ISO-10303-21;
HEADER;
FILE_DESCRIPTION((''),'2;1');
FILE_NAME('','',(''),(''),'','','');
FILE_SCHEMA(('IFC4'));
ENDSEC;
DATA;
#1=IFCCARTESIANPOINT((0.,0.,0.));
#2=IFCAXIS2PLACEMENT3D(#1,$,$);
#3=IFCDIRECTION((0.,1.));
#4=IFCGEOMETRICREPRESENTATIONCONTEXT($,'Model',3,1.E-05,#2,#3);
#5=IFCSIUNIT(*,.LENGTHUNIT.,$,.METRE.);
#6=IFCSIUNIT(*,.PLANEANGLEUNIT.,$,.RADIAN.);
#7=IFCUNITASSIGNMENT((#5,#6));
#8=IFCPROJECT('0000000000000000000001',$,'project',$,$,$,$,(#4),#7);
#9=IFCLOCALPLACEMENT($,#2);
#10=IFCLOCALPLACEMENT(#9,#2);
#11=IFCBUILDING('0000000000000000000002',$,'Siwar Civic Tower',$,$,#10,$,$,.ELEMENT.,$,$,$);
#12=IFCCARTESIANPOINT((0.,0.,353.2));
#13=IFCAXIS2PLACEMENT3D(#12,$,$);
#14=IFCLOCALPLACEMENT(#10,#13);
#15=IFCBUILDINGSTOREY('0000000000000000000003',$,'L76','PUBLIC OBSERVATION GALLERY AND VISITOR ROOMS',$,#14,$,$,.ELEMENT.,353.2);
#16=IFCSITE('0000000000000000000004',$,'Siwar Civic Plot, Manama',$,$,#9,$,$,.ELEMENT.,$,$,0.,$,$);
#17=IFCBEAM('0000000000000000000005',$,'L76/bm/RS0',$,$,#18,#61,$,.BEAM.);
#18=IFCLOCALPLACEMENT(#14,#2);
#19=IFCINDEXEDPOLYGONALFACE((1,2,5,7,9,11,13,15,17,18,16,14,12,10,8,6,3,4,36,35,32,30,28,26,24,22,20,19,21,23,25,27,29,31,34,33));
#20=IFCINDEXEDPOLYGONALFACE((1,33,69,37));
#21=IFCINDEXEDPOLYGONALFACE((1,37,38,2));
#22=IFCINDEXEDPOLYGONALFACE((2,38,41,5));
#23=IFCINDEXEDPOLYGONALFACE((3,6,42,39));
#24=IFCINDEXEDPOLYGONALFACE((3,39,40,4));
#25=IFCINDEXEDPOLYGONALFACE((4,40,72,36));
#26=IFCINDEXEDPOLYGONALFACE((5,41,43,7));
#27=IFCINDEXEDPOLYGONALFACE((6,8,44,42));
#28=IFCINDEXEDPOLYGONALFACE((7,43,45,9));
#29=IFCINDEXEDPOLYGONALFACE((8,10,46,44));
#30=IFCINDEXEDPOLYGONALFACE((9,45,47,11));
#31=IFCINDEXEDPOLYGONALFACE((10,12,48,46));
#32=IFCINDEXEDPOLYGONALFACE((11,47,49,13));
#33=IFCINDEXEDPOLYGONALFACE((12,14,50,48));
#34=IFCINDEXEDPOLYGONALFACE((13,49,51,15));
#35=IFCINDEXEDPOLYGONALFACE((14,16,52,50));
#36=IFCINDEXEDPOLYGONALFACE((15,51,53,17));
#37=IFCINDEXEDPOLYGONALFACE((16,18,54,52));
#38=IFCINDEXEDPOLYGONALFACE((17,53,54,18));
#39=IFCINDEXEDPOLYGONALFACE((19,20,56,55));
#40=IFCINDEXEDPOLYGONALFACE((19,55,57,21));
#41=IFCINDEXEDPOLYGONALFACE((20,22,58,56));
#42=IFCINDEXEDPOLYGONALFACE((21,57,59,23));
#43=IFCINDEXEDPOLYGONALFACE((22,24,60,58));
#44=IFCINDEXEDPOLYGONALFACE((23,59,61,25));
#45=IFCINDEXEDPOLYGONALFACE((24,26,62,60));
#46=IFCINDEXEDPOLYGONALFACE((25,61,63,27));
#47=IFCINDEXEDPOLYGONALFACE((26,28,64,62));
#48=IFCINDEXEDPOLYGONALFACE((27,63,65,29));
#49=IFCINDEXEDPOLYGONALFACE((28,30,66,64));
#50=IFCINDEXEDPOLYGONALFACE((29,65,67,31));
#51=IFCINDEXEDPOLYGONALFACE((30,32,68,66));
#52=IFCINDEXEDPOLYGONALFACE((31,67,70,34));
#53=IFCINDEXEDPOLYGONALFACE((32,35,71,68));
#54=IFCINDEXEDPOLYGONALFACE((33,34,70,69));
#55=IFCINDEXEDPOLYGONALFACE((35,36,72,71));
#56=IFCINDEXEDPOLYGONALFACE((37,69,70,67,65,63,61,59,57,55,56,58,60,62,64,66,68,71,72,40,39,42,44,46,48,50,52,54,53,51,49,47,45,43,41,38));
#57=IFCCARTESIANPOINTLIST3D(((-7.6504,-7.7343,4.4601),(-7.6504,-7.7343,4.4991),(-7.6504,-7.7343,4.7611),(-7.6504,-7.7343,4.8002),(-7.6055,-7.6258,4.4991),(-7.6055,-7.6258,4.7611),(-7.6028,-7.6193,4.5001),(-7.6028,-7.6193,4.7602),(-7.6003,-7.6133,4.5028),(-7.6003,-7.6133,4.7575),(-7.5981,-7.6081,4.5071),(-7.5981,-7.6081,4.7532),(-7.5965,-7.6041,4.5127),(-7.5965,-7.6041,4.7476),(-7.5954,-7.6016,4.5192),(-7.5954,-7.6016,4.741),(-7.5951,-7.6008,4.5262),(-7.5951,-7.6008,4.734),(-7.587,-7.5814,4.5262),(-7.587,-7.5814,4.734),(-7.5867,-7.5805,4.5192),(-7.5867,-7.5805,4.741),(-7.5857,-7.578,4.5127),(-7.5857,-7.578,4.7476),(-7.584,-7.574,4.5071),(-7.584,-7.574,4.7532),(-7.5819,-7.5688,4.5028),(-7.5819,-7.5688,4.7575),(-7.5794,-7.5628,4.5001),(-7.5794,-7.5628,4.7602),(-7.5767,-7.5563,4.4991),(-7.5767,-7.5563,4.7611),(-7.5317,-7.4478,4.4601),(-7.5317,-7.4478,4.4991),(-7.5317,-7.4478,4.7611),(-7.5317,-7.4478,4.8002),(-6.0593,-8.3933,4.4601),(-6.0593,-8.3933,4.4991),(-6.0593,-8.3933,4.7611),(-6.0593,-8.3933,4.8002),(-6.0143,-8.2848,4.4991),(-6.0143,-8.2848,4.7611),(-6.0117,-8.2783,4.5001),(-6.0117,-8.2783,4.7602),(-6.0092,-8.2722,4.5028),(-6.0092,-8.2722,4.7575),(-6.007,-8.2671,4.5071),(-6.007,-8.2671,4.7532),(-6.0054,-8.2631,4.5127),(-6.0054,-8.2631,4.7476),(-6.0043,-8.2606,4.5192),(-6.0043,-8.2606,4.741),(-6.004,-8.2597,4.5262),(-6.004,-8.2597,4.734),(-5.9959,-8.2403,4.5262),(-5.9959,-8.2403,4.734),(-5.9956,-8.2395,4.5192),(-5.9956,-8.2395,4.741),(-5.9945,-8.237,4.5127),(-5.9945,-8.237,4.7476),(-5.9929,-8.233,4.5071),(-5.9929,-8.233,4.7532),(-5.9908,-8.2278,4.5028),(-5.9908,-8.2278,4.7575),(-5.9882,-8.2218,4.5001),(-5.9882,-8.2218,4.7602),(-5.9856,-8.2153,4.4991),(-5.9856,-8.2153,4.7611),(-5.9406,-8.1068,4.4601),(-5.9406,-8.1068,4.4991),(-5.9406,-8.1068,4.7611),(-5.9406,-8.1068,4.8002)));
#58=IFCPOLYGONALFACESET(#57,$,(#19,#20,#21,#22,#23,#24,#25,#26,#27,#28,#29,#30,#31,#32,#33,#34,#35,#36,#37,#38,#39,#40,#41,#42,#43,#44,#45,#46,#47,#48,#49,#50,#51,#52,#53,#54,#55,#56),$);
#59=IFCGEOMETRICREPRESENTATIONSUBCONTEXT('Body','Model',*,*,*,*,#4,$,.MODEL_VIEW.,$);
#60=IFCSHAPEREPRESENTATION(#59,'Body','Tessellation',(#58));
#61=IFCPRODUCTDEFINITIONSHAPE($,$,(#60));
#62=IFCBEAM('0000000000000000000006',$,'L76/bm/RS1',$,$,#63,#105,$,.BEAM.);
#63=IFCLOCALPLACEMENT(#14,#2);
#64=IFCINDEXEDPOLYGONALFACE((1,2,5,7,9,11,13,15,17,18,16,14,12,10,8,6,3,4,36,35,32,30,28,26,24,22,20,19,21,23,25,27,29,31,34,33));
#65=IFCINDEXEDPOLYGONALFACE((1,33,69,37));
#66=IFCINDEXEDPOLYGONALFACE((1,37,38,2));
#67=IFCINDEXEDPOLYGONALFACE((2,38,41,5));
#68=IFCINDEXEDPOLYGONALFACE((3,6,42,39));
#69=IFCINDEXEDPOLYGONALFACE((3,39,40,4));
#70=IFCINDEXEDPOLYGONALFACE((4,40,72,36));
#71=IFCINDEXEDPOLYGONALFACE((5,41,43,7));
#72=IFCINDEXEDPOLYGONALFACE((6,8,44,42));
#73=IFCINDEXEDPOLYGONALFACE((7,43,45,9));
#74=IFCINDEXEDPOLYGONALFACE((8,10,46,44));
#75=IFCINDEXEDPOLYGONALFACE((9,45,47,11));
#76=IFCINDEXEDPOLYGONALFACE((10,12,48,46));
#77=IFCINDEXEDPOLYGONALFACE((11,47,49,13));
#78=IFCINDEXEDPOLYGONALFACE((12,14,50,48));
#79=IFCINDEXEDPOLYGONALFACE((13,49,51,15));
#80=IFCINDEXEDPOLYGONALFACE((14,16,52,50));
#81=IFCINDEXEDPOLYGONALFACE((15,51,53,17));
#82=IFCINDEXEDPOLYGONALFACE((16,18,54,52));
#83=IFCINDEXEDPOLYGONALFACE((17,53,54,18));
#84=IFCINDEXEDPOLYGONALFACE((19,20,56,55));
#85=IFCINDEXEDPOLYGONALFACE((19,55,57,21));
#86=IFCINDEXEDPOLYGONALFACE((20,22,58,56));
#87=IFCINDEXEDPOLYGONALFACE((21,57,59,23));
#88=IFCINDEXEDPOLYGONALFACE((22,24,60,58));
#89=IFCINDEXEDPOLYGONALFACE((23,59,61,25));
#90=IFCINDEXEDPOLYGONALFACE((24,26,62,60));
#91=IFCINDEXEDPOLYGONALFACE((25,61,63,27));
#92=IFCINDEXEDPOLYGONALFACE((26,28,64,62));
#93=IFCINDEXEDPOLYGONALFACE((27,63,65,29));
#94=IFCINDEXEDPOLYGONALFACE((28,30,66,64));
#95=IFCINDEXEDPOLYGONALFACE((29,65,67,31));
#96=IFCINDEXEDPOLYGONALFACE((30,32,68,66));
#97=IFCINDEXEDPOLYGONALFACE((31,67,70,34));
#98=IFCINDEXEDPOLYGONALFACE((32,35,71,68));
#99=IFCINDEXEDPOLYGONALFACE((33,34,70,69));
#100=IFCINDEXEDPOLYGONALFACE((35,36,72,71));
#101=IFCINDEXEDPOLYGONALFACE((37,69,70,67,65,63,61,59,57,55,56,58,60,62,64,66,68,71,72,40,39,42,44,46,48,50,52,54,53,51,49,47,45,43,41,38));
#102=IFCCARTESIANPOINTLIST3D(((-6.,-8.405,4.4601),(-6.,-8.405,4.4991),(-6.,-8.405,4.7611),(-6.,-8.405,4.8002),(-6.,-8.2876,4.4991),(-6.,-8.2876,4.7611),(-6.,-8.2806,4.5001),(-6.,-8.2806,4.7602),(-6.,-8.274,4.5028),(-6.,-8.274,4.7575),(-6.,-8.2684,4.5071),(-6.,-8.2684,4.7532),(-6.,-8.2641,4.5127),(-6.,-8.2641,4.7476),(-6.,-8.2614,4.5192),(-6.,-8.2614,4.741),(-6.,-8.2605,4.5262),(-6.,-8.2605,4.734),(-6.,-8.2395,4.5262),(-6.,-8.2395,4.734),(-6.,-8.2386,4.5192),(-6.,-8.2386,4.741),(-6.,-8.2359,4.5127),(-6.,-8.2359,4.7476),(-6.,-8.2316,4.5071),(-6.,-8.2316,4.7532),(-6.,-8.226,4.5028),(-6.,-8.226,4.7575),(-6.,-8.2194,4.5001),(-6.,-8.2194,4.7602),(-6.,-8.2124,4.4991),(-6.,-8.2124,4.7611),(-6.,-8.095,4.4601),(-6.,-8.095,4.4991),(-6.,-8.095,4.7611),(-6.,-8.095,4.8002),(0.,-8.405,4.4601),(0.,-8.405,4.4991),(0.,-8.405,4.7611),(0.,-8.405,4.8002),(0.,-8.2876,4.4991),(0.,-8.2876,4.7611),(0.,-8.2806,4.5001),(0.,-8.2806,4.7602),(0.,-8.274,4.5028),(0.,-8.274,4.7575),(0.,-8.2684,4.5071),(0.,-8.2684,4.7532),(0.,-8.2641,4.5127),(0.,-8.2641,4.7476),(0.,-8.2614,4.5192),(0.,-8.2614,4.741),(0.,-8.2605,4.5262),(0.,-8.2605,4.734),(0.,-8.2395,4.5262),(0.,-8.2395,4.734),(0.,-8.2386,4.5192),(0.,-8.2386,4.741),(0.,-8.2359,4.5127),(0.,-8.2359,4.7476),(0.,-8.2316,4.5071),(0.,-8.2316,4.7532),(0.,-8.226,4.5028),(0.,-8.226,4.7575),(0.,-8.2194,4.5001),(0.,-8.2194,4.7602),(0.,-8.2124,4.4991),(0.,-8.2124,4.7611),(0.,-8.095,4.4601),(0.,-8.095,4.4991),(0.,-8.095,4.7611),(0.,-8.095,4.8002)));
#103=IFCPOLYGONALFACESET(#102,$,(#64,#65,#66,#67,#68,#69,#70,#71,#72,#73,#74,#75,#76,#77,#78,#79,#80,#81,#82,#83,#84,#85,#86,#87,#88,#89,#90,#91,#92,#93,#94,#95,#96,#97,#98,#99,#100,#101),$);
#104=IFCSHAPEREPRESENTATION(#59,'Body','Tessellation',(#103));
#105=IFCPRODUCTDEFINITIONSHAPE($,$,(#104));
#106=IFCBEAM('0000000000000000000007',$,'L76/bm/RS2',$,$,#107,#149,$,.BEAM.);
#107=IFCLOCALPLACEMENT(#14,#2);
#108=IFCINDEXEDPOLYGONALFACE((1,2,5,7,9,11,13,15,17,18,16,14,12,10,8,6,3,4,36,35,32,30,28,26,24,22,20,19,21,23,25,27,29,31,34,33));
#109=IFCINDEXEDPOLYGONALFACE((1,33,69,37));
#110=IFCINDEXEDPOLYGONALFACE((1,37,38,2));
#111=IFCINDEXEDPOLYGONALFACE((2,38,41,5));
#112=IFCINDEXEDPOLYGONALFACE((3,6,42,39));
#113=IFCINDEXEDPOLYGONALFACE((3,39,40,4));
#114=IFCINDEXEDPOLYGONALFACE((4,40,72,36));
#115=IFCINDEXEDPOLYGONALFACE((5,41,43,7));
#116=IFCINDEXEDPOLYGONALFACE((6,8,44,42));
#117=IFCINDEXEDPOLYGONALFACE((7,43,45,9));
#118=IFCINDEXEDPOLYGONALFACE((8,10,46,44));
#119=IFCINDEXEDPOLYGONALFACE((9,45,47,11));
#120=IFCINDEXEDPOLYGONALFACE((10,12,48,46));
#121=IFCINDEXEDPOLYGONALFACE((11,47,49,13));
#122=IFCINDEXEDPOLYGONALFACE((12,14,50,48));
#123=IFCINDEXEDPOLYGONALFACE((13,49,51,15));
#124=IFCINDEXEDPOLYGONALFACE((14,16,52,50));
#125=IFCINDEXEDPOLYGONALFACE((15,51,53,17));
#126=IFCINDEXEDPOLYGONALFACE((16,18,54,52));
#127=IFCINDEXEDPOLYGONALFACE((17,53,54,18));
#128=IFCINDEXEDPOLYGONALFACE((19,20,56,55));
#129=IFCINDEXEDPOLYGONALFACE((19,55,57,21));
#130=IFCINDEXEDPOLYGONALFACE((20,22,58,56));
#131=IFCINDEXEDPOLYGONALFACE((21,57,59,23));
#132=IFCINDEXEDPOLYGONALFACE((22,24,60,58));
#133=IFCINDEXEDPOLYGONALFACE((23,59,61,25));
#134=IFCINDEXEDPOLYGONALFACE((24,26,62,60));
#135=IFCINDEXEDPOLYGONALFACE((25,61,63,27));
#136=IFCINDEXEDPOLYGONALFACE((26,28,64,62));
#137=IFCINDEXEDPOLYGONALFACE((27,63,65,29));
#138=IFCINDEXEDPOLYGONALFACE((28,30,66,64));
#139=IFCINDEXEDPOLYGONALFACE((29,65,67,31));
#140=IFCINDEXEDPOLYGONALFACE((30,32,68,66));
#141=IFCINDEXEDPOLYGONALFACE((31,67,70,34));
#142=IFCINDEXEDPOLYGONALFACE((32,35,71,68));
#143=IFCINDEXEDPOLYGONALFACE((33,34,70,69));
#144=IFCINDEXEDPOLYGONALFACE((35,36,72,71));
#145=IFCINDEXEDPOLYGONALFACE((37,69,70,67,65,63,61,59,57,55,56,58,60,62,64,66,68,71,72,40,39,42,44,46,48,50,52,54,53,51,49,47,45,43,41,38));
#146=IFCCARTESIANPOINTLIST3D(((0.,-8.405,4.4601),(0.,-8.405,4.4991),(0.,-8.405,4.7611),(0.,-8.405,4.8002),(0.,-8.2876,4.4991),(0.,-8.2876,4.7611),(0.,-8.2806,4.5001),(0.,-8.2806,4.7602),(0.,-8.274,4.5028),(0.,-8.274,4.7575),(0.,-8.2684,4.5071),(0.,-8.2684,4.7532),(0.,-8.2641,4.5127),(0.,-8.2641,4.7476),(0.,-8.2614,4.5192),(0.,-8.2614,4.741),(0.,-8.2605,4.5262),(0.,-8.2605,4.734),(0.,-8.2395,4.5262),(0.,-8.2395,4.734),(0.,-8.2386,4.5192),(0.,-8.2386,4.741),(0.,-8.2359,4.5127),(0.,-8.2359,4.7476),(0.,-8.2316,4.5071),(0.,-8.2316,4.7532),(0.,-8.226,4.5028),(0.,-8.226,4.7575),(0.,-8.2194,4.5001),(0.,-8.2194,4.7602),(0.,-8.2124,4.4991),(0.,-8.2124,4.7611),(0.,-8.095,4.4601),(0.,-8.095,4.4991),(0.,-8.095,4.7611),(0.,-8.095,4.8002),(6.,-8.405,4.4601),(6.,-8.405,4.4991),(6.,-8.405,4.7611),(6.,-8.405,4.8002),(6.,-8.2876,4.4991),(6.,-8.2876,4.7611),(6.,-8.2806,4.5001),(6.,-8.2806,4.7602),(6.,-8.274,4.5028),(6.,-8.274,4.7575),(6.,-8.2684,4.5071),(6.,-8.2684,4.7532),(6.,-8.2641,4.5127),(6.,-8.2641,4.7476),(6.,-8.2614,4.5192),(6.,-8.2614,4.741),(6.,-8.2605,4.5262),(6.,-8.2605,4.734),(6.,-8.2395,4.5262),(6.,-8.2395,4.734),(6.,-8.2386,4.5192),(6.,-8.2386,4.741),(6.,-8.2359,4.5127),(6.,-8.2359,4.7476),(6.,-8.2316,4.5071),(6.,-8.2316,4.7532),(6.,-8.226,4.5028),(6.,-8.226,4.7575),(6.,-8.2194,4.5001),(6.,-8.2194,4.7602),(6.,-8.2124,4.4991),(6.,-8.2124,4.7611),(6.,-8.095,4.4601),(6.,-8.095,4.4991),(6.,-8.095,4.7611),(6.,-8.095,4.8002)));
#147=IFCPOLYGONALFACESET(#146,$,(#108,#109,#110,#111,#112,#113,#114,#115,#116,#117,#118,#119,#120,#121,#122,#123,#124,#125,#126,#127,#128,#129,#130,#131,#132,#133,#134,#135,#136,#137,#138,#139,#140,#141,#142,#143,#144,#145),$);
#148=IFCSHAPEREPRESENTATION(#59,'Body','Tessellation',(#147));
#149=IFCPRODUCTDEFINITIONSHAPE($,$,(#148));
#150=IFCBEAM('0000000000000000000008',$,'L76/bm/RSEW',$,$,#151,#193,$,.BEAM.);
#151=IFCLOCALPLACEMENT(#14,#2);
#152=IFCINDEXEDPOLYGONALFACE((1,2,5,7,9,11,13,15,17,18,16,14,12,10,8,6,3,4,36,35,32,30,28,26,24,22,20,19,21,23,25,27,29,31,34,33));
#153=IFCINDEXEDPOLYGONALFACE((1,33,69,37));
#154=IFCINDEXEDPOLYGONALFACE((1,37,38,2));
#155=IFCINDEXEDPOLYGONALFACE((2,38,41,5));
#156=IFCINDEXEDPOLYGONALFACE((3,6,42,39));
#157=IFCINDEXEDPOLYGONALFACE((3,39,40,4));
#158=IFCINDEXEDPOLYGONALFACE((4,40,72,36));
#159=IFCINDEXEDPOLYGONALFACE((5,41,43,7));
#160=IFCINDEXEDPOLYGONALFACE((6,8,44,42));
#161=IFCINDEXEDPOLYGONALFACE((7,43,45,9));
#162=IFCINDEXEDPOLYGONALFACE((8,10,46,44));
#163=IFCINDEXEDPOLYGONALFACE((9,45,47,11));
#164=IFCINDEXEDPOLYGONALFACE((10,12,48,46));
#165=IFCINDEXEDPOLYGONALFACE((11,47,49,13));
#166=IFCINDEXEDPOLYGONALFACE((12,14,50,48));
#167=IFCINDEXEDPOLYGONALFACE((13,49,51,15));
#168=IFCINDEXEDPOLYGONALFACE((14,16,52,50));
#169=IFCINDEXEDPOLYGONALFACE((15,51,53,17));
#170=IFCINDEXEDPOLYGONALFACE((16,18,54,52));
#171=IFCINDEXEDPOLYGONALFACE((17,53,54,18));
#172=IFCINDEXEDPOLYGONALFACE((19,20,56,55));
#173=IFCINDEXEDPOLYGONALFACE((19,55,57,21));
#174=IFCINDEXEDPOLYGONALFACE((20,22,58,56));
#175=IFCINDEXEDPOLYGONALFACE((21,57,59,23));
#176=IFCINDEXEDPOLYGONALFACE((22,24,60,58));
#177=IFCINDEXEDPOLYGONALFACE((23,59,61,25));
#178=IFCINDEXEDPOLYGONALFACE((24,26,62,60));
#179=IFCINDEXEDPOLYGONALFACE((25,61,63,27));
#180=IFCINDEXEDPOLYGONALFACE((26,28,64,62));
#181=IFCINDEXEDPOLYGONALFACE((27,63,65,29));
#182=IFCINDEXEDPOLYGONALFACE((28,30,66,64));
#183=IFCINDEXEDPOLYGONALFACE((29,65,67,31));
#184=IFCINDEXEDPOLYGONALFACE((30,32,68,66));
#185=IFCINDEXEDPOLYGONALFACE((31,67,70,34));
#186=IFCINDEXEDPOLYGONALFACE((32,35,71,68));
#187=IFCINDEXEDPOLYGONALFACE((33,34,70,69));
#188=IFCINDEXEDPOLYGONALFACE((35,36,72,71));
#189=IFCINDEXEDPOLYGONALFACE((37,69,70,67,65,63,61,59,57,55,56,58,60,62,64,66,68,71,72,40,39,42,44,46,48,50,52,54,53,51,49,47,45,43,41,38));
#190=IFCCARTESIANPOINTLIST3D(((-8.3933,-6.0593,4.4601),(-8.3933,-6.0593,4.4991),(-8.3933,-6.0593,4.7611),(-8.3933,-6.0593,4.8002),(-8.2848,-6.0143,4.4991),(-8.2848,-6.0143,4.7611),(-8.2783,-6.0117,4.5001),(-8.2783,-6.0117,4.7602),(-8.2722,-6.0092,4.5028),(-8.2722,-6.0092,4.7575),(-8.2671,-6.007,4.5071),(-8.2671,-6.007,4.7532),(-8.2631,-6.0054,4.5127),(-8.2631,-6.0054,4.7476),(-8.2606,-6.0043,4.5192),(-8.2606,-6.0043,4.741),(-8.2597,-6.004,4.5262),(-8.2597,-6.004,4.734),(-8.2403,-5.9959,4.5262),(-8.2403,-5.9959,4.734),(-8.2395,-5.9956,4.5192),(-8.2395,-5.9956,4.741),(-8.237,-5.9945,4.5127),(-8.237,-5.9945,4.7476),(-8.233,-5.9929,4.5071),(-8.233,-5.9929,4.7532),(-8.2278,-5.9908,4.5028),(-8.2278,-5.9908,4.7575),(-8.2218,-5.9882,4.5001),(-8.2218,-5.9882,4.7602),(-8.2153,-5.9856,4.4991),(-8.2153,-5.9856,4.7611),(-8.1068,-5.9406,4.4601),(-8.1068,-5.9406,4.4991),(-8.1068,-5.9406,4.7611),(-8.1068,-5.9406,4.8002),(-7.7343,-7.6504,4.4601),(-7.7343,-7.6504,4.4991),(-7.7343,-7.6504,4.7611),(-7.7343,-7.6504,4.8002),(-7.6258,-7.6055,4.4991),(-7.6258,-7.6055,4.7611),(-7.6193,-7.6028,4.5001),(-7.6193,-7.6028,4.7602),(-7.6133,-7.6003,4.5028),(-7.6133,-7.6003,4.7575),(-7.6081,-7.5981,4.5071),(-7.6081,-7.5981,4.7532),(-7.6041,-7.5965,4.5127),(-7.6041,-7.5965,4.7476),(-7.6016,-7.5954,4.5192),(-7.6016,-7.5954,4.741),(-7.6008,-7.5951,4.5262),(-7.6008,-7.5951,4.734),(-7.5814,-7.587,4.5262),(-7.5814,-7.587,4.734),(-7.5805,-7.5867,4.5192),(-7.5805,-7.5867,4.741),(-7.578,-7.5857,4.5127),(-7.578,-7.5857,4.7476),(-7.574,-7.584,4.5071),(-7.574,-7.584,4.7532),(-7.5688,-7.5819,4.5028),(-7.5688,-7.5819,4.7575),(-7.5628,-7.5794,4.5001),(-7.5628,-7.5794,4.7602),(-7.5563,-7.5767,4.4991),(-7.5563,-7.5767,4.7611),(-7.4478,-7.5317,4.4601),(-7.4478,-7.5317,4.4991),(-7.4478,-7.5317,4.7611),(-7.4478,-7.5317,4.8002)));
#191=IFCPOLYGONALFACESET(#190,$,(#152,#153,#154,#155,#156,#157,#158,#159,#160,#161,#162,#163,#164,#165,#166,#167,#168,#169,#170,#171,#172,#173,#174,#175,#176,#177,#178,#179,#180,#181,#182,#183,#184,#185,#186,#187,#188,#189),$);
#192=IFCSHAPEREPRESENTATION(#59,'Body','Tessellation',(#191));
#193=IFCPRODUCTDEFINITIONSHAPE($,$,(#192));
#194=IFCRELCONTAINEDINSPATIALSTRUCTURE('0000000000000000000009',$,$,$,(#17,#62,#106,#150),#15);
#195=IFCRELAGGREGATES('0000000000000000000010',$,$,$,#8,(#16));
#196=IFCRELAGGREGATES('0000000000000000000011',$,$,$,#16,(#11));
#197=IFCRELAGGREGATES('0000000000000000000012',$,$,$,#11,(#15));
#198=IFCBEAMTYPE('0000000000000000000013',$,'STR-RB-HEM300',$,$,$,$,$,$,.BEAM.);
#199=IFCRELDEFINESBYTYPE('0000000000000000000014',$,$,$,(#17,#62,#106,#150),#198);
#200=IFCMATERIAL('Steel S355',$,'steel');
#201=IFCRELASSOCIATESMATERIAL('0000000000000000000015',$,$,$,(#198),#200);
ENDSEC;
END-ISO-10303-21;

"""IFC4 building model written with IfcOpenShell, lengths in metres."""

from ifc_helpers import new_model, si_unit, direction, frame, origin, origin_2d, place, context, subcontext, project, spatial, i_section, extrude, material, material_profile, profile_set, type_object, element, save


model = new_model("IFC4")

# Units and contexts
model_context = context("Model", 3, precision=1e-05, world=origin(), true_north=direction((0.0, 1.0)))
body_context = subcontext(model_context, "Body", "Model", "MODEL_VIEW")
ifc_project = project(units=[si_unit("LENGTHUNIT", "METRE"), si_unit("PLANEANGLEUNIT", "RADIAN")], contexts=[model_context])

# Site, building, storey
site_placement = place(None, origin())
site = spatial("IfcSite", under=ifc_project, at=site_placement, Name="Siwar Civic Plot, Manama", CompositionType="ELEMENT", RefElevation=0.0)
building_placement = place(site_placement, origin())
building = spatial("IfcBuilding", under=site, at=building_placement, Name="Siwar Civic Tower", CompositionType="ELEMENT")
storey_placement = place(building_placement, frame((0.0, 0.0, 353.2)))
storey = spatial("IfcBuildingStorey", under=building, at=storey_placement, Name="L76", Description="PUBLIC OBSERVATION GALLERY AND VISITOR ROOMS", CompositionType="ELEMENT", Elevation=353.2)

# Beams
ifc_material_1 = material(Name="Steel S355", Category="steel")
ifc_material_profile_1 = material_profile(ifc_material_1, i_section(OverallWidth=0.3101, OverallDepth=0.3401, WebThickness=0.021, FlangeThickness=0.0391, FilletRadius=0.0271, at=origin_2d()), Name="HEM300")
ifc_profile_set_1 = profile_set([ifc_material_profile_1], Name="Steel S355")
beam_type_1 = type_object("IfcBeamType", Name="STR-RB-HEM300", PredefinedType="BEAM", material=ifc_profile_set_1)
beam_1_placement = place(storey_placement, frame((-7.5911, -7.5911, 4.6301), z_axis=(0.923901, -0.382631, 0.0), x_axis=(0.382631, 0.923901, 0.0)))
element("IfcBeam", 1, at=beam_1_placement, inside=storey, type_object=beam_type_1, Name="L76/bm/RS0", PredefinedType="BEAM", context=body_context, shape_type="SweptSolid", body=[
    extrude(i_section(OverallWidth=0.3101, OverallDepth=0.3401, WebThickness=0.021, FlangeThickness=0.0391, FilletRadius=0.0271, at=origin_2d()), origin(), (0.0, 0.0, 1.0), 1.7222),
])
for number, where, z_axis, x_axis, name in (
    (2, (-6.0, -8.25, 4.6301), (1.0, 0.0, 0.0), (0.0, 1.0, 0.0), "L76/bm/RS1"),
    (3, (0.0, -8.25, 4.6301), (1.0, 0.0, 0.0), (0.0, 1.0, 0.0), "L76/bm/RS2"),
):
    element("IfcBeam", number, at=place(storey_placement, frame(where, z_axis=z_axis, x_axis=x_axis)), inside=storey, type_object=beam_type_1, Name=name, PredefinedType="BEAM", context=body_context, shape_type="SweptSolid", body=[
        extrude(i_section(OverallWidth=0.3101, OverallDepth=0.3401, WebThickness=0.021, FlangeThickness=0.0391, FilletRadius=0.0271, at=origin_2d()), origin(), (0.0, 0.0, 1.0), 6.0),
    ])
beam_2_placement = place(storey_placement, frame((-7.5911, -7.5911, 4.6301), z_axis=(-0.382631, 0.923901, 0.0), x_axis=(-0.923901, -0.382631, 0.0)))
element("IfcBeam", 4, at=beam_2_placement, inside=storey, type_object=beam_type_1, Name="L76/bm/RSEW", PredefinedType="BEAM", context=body_context, shape_type="SweptSolid", body=[
    extrude(i_section(OverallWidth=0.3101, OverallDepth=0.3401, WebThickness=0.021, FlangeThickness=0.0391, FilletRadius=0.0271, at=origin_2d()), origin(), (0.0, 0.0, 1.0), 1.7222),
])

save(model, "model.ifc")
